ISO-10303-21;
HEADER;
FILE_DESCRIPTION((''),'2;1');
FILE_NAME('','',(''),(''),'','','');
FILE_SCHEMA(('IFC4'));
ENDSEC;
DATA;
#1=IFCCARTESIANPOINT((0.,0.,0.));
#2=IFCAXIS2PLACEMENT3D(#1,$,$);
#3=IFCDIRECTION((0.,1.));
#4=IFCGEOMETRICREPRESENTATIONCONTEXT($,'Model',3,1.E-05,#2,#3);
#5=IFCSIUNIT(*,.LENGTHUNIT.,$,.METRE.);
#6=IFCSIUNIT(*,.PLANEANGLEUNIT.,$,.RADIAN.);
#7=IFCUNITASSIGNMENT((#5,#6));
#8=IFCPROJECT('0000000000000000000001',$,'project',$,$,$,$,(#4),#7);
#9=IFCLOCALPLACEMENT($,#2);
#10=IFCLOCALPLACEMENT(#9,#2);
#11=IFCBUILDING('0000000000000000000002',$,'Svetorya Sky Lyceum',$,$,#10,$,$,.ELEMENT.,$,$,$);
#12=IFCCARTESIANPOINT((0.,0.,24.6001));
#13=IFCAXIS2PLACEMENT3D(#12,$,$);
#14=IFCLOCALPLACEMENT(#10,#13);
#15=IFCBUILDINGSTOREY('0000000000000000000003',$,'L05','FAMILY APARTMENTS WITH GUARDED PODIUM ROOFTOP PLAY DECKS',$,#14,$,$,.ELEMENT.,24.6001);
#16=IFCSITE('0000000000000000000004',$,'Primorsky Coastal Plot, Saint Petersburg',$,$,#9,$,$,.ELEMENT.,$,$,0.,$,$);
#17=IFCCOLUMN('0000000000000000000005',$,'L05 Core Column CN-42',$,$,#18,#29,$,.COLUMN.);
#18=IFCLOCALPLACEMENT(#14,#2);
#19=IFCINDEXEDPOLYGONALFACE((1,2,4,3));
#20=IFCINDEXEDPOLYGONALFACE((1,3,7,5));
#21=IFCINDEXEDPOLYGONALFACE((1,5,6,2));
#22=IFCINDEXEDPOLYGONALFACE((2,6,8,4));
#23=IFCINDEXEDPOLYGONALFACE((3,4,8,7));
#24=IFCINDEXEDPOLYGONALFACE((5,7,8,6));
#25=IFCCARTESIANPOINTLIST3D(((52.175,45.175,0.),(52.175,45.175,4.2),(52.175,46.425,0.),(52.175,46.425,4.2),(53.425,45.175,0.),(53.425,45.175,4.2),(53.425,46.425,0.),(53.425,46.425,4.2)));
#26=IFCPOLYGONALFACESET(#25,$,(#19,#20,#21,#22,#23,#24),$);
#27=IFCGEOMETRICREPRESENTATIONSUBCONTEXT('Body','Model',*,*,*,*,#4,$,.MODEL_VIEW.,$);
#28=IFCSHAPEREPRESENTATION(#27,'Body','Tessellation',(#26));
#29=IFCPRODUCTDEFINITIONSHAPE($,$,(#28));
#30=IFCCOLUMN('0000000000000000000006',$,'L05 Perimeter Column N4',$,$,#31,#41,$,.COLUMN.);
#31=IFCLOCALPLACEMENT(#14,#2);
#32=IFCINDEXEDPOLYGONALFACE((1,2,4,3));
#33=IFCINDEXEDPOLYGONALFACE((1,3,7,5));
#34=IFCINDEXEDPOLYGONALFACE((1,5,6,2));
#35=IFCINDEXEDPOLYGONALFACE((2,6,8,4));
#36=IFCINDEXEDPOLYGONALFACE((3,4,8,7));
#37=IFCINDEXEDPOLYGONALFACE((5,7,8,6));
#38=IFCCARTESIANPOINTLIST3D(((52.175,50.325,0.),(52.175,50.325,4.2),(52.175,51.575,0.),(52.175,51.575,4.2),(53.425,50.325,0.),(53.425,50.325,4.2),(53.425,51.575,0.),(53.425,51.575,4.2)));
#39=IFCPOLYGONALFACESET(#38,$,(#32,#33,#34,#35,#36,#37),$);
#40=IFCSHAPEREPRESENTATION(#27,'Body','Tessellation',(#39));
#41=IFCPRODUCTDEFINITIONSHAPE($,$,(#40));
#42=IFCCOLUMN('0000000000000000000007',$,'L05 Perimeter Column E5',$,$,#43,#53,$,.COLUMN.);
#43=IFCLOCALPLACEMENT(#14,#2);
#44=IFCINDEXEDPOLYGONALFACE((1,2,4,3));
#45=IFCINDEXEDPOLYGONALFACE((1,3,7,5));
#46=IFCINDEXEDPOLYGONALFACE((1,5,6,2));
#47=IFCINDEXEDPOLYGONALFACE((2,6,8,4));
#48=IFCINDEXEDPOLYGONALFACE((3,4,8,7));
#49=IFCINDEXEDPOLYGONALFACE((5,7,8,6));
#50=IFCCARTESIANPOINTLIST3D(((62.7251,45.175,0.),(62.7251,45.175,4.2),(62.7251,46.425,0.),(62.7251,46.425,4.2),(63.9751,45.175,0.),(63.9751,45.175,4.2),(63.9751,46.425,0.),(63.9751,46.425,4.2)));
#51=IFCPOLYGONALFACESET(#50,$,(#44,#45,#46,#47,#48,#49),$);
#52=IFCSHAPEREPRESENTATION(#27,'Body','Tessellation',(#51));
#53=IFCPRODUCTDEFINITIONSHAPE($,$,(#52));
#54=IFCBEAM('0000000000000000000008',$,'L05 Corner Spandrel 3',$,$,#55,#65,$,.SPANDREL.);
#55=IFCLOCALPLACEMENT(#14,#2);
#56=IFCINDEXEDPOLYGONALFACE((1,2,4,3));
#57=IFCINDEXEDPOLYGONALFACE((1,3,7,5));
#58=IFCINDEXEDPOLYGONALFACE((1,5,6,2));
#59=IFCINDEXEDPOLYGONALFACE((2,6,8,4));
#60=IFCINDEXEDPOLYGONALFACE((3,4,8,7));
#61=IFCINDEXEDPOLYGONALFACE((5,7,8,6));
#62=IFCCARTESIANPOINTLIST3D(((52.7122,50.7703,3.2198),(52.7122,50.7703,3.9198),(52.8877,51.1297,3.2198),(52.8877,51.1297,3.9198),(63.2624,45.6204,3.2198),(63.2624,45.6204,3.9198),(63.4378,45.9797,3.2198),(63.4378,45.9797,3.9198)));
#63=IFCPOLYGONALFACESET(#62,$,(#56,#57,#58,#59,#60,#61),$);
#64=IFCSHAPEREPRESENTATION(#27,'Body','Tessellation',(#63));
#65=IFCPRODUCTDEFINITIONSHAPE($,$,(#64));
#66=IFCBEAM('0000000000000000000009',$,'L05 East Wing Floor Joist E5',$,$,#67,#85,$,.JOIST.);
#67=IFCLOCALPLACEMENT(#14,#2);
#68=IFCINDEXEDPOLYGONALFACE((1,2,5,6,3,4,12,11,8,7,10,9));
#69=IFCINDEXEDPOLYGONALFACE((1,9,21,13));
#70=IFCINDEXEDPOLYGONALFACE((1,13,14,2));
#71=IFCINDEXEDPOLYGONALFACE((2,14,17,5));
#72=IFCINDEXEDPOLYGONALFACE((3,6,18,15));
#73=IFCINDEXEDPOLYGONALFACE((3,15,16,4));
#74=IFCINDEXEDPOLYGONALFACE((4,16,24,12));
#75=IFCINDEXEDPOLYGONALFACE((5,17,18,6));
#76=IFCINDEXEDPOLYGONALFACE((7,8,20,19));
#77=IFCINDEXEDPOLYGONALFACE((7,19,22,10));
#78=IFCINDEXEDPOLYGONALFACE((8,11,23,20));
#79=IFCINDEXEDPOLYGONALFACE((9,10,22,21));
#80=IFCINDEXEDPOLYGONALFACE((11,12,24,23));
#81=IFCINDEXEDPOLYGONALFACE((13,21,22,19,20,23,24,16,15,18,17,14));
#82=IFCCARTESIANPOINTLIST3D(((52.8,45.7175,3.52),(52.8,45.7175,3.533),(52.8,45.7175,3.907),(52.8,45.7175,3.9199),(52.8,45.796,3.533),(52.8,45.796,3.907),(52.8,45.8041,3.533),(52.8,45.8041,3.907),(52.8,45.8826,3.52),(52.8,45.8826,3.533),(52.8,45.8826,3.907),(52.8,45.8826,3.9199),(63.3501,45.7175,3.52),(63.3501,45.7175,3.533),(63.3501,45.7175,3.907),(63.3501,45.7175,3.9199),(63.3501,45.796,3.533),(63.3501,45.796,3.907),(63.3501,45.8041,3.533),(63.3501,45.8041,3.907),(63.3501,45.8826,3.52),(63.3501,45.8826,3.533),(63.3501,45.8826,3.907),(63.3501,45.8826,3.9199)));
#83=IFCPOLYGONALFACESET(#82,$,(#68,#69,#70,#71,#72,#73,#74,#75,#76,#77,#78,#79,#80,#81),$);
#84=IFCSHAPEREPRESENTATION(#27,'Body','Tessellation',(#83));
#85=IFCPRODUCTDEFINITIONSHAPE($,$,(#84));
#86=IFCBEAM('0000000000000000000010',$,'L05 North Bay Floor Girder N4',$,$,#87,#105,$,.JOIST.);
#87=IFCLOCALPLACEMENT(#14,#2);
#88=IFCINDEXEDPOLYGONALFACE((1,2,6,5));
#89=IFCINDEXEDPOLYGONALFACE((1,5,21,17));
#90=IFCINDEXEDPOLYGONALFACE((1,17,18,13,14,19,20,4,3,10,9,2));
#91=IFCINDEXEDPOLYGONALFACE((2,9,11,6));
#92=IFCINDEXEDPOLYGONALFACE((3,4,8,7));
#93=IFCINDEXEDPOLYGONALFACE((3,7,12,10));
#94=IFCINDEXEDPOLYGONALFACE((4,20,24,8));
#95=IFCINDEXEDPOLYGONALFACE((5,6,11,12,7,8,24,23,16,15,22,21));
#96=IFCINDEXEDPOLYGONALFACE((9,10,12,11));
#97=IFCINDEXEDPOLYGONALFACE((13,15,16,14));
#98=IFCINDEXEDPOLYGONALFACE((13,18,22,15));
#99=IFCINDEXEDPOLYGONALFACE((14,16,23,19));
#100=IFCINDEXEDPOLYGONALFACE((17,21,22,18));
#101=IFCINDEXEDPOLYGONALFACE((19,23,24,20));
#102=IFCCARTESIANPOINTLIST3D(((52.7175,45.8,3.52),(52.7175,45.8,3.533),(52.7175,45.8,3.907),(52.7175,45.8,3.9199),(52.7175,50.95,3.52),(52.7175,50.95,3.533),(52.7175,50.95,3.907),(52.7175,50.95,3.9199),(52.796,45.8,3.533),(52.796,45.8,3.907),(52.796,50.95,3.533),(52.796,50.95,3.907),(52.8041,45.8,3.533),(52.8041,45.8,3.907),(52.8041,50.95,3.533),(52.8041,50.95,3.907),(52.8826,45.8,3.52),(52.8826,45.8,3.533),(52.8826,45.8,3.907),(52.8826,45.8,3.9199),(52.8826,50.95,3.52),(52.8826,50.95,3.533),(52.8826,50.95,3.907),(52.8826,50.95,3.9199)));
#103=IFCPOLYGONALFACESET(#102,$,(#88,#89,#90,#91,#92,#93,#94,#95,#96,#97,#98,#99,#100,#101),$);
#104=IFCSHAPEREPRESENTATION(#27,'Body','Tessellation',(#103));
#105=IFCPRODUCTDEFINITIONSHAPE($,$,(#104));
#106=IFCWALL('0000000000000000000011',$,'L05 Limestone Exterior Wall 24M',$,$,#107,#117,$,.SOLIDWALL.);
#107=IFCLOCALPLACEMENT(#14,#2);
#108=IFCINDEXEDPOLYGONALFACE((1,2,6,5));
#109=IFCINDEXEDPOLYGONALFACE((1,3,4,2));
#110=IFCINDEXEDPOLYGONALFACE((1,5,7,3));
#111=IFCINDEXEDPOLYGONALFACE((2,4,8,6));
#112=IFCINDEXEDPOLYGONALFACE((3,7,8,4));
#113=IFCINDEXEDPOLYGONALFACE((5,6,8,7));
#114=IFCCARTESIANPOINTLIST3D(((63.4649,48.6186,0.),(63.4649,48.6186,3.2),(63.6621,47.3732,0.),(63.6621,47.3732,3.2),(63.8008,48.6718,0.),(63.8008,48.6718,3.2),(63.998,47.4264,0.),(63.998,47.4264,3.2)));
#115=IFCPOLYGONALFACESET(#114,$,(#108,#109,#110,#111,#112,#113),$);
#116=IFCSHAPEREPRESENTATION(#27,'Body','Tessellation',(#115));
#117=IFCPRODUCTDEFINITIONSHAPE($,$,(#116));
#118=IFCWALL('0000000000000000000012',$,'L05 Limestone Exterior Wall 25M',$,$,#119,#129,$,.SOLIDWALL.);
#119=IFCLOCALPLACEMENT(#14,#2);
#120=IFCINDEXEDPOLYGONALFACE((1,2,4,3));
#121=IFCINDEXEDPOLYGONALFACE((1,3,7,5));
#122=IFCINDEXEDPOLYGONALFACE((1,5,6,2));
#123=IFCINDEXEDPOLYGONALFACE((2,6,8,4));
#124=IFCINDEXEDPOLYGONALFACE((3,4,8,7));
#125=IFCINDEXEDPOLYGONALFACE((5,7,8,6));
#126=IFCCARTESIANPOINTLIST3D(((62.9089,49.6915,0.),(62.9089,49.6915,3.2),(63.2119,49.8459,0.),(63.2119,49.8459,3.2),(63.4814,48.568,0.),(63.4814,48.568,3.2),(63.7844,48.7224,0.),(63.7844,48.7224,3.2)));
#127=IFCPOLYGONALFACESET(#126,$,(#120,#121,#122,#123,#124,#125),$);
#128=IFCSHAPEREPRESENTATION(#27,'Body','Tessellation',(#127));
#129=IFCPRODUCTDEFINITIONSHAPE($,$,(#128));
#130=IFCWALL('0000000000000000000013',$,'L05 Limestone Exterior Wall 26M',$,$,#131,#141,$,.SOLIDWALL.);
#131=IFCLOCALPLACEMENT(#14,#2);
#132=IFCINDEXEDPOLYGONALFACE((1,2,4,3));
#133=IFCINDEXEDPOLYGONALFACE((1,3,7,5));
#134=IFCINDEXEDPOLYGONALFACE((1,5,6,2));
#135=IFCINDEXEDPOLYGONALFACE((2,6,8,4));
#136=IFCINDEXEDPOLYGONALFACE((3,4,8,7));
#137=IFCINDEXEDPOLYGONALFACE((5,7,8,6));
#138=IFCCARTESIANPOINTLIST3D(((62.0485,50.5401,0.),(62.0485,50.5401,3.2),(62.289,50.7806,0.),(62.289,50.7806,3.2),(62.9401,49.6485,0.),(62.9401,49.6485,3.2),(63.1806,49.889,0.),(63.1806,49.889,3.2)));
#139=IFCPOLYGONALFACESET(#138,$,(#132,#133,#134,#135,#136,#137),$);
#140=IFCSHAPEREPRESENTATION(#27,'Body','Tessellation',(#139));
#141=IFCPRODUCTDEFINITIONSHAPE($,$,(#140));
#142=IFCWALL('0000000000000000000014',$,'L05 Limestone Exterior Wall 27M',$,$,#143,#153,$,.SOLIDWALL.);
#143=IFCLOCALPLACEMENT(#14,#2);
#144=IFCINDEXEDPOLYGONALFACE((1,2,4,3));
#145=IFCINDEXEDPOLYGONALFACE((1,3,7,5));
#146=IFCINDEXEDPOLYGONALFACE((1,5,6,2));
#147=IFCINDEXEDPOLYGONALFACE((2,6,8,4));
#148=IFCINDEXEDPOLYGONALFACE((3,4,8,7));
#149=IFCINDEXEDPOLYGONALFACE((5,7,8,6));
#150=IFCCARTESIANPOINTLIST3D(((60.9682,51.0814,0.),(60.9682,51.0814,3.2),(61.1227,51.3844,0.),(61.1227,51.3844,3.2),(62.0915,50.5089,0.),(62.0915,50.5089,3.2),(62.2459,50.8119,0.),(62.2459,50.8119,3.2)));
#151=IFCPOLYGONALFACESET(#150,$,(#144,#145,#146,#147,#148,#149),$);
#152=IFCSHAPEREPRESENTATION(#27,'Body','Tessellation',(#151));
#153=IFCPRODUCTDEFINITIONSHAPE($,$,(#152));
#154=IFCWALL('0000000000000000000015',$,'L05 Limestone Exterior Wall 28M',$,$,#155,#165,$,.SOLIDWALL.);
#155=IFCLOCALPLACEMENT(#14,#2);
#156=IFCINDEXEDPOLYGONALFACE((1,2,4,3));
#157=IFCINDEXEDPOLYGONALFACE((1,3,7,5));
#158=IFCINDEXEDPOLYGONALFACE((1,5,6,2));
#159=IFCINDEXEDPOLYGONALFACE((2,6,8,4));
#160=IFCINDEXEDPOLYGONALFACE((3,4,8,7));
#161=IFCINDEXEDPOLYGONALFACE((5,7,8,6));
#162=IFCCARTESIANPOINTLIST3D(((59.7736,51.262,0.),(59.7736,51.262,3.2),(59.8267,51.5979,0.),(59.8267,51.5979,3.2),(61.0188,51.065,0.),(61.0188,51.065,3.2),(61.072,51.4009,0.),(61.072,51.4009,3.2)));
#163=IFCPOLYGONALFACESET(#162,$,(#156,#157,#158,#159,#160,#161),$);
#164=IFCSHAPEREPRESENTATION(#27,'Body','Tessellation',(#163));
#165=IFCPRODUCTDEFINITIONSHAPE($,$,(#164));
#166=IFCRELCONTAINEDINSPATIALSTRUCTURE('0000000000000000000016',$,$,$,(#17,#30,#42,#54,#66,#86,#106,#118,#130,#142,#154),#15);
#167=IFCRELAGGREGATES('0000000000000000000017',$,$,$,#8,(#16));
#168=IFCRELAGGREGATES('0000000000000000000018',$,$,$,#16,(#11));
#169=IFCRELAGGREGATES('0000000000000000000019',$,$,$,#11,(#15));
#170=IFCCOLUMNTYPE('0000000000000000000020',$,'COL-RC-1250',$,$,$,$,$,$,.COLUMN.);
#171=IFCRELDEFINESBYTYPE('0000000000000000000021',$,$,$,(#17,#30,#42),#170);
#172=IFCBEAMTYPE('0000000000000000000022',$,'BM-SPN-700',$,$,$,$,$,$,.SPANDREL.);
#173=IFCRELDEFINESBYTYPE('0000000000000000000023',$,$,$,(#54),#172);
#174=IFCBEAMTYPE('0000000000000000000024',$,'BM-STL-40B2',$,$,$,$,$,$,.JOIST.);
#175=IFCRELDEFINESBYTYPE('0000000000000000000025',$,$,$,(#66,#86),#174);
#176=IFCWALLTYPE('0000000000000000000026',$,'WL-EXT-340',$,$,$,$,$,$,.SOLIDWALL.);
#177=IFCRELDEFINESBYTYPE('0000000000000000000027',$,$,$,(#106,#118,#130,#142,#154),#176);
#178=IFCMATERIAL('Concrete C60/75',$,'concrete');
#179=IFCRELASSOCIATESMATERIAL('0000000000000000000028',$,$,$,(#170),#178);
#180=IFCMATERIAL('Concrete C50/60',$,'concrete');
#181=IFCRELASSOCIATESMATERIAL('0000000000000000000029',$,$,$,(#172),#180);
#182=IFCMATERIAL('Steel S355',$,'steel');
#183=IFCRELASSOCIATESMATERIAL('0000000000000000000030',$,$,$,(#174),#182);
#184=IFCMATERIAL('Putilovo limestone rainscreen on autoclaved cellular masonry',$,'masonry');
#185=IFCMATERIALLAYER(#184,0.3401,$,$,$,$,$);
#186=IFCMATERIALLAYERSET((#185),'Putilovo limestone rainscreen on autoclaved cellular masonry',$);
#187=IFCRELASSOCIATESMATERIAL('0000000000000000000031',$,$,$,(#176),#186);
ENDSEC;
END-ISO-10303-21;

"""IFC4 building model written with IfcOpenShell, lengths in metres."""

from ifc_helpers import new_model, si_unit, direction, frame, frame_2d, origin, origin_2d, place, context, subcontext, project, spatial, rectangle, i_section, extrude, material, layer, layer_set, material_profile, profile_set, type_object, element, save


model = new_model("IFC4")

# Units and contexts
model_context = context("Model", 3, precision=1e-05, world=origin(), true_north=direction((0.0, 1.0)))
body_context = subcontext(model_context, "Body", "Model", "MODEL_VIEW")
ifc_project = project(units=[si_unit("LENGTHUNIT", "METRE"), si_unit("PLANEANGLEUNIT", "RADIAN")], contexts=[model_context])

# Site, building, storey
site_placement = place(None, origin())
site = spatial("IfcSite", under=ifc_project, at=site_placement, Name="Primorsky Coastal Plot, Saint Petersburg", CompositionType="ELEMENT", RefElevation=0.0)
building_placement = place(site_placement, origin())
building = spatial("IfcBuilding", under=site, at=building_placement, Name="Svetorya Sky Lyceum", CompositionType="ELEMENT")
storey_placement = place(building_placement, frame((0.0, 0.0, 24.6001)))
storey = spatial("IfcBuildingStorey", under=building, at=storey_placement, Name="L05", Description="FAMILY APARTMENTS WITH GUARDED PODIUM ROOFTOP PLAY DECKS", CompositionType="ELEMENT", Elevation=24.6001)

# Columns
ifc_material_1 = material(Name="Concrete C60/75", Category="concrete")
ifc_material_profile_1 = material_profile(ifc_material_1, rectangle(XDim=1.25, YDim=1.25, at=origin_2d()), Name="RC COL 1250x1250")
ifc_profile_set_1 = profile_set([ifc_material_profile_1], Name="Concrete C60/75")
column_type = type_object("IfcColumnType", Name="COL-RC-1250", PredefinedType="COLUMN", material=ifc_profile_set_1)
for number, where, z_axis, x_axis, name in (
    (1, (52.8, 45.8, 0.0), (0.0, 0.0, 1.0), (1.0, 0.0, 0.0), "L05 Core Column CN-42"),
    (2, (52.8, 50.95, 0.0), (0.0, 0.0, 1.0), (1.0, 0.0, 0.0), "L05 Perimeter Column N4"),
    (3, (63.3501, 45.8, 0.0), (0.0, 0.0, 1.0), (1.0, 0.0, 0.0), "L05 Perimeter Column E5"),
):
    element("IfcColumn", number, at=place(storey_placement, frame(where, z_axis=z_axis, x_axis=x_axis)), inside=storey, type_object=column_type, Name=name, PredefinedType="COLUMN", context=body_context, shape_type="SweptSolid", body=[
        extrude(rectangle(XDim=1.25, YDim=1.25, at=origin_2d()), origin(), (0.0, 0.0, 1.0), 4.2),
    ])

# Beams
ifc_material_2 = material(Name="Concrete C50/60", Category="concrete")
ifc_material_profile_2 = material_profile(ifc_material_2, rectangle(XDim=0.3999, YDim=0.7, at=origin_2d()), Name="RC SPANDREL 400x700")
ifc_profile_set_2 = profile_set([ifc_material_profile_2], Name="Concrete C50/60")
beam_type_1 = type_object("IfcBeamType", Name="BM-SPN-700", PredefinedType="SPANDREL", material=ifc_profile_set_2)
beam_1_placement = place(storey_placement, frame((63.3501, 45.8, 3.5698), z_axis=(-0.89865, 0.438667, 0.0), x_axis=(-0.438667, -0.89865, 0.0)))
element("IfcBeam", 4, at=beam_1_placement, inside=storey, type_object=beam_type_1, Name="L05 Corner Spandrel 3", PredefinedType="SPANDREL", context=body_context, shape_type="SweptSolid", body=[
    extrude(rectangle(XDim=0.3999, YDim=0.7, at=origin_2d()), origin(), (0.0, 0.0, 1.0), 11.74),
])
ifc_material_3 = material(Name="Steel S355", Category="steel")
ifc_material_profile_3 = material_profile(ifc_material_3, i_section(OverallWidth=0.165, OverallDepth=0.3999, WebThickness=0.0081, FlangeThickness=0.0129, at=origin_2d()), Name="GOST 40B2")
ifc_profile_set_3 = profile_set([ifc_material_profile_3], Name="Steel S355")
beam_type_2 = type_object("IfcBeamType", Name="BM-STL-40B2", PredefinedType="JOIST", material=ifc_profile_set_3)
beam_2_placement = place(storey_placement, frame((52.8, 45.8, 3.72), z_axis=(1.0, 0.0, 0.0), x_axis=(0.0, 1.0, 0.0)))
element("IfcBeam", 5, at=beam_2_placement, inside=storey, type_object=beam_type_2, Name="L05 East Wing Floor Joist E5", PredefinedType="JOIST", context=body_context, shape_type="SweptSolid", body=[
    extrude(i_section(OverallWidth=0.165, OverallDepth=0.3999, WebThickness=0.0081, FlangeThickness=0.0129, at=origin_2d()), origin(), (0.0, 0.0, 1.0), 10.55),
])
beam_3_placement = place(storey_placement, frame((52.8, 45.8, 3.72), z_axis=(0.0, 1.0, 0.0), x_axis=(-1.0, 0.0, 0.0)))
element("IfcBeam", 6, at=beam_3_placement, inside=storey, type_object=beam_type_2, Name="L05 North Bay Floor Girder N4", PredefinedType="JOIST", context=body_context, shape_type="SweptSolid", body=[
    extrude(i_section(OverallWidth=0.165, OverallDepth=0.3999, WebThickness=0.0081, FlangeThickness=0.0129, at=origin_2d()), origin(), (0.0, 0.0, 1.0), 5.1499),
])

# Walls
ifc_material_4 = material(Name="Putilovo limestone rainscreen on autoclaved cellular masonry", Category="masonry")
ifc_layer_1 = layer(ifc_material_4, 0.3401)
ifc_layer_set_1 = layer_set([ifc_layer_1], Name="Putilovo limestone rainscreen on autoclaved cellular masonry")
wall_type_1 = type_object("IfcWallType", Name="WL-EXT-340", PredefinedType="SOLIDWALL", material=ifc_layer_set_1)
for number, where, z_axis, x_axis, name in (
    (7, (63.8301, 47.3999, 0.0), (0.0, 0.0, 1.0), (-0.15645, 0.987686, 0.0), "L05 Limestone Exterior Wall 24M"),
    (8, (63.6328, 48.6453, 0.0), (0.0, 0.0, 1.0), (-0.454016, 0.890994, 0.0), "L05 Limestone Exterior Wall 25M"),
    (9, (63.0603, 49.7688, 0.0), (0.0, 0.0, 1.0), (-0.707107, 0.707107, 0.0), "L05 Limestone Exterior Wall 26M"),
):
    element("IfcWall", number, at=place(storey_placement, frame(where, z_axis=z_axis, x_axis=x_axis)), inside=storey, type_object=wall_type_1, Name=name, PredefinedType="SOLIDWALL", context=body_context, shape_type="SweptSolid", body=[
        extrude(rectangle(XDim=1.261, YDim=0.3401, at=frame_2d((0.6304, 0.0))), origin(), (0.0, 0.0, 1.0), 3.2),
    ])
for number, where, z_axis, x_axis, name in (
    (10, (62.1687, 50.6604, 0.0), (0.0, 0.0, 1.0), (-0.890954, 0.454094, 0.0), "L05 Limestone Exterior Wall 27M"),
    (11, (61.0454, 51.2329, 0.0), (0.0, 0.0, 1.0), (-0.987716, 0.156261, 0.0), "L05 Limestone Exterior Wall 28M"),
):
    element("IfcWall", number, at=place(storey_placement, frame(where, z_axis=z_axis, x_axis=x_axis)), inside=storey, type_object=wall_type_1, Name=name, PredefinedType="SOLIDWALL", context=body_context, shape_type="SweptSolid", body=[
        extrude(rectangle(XDim=1.2607, YDim=0.3401, at=frame_2d((0.6304, 0.0))), origin(), (0.0, 0.0, 1.0), 3.2),
    ])

save(model, "model.ifc")
